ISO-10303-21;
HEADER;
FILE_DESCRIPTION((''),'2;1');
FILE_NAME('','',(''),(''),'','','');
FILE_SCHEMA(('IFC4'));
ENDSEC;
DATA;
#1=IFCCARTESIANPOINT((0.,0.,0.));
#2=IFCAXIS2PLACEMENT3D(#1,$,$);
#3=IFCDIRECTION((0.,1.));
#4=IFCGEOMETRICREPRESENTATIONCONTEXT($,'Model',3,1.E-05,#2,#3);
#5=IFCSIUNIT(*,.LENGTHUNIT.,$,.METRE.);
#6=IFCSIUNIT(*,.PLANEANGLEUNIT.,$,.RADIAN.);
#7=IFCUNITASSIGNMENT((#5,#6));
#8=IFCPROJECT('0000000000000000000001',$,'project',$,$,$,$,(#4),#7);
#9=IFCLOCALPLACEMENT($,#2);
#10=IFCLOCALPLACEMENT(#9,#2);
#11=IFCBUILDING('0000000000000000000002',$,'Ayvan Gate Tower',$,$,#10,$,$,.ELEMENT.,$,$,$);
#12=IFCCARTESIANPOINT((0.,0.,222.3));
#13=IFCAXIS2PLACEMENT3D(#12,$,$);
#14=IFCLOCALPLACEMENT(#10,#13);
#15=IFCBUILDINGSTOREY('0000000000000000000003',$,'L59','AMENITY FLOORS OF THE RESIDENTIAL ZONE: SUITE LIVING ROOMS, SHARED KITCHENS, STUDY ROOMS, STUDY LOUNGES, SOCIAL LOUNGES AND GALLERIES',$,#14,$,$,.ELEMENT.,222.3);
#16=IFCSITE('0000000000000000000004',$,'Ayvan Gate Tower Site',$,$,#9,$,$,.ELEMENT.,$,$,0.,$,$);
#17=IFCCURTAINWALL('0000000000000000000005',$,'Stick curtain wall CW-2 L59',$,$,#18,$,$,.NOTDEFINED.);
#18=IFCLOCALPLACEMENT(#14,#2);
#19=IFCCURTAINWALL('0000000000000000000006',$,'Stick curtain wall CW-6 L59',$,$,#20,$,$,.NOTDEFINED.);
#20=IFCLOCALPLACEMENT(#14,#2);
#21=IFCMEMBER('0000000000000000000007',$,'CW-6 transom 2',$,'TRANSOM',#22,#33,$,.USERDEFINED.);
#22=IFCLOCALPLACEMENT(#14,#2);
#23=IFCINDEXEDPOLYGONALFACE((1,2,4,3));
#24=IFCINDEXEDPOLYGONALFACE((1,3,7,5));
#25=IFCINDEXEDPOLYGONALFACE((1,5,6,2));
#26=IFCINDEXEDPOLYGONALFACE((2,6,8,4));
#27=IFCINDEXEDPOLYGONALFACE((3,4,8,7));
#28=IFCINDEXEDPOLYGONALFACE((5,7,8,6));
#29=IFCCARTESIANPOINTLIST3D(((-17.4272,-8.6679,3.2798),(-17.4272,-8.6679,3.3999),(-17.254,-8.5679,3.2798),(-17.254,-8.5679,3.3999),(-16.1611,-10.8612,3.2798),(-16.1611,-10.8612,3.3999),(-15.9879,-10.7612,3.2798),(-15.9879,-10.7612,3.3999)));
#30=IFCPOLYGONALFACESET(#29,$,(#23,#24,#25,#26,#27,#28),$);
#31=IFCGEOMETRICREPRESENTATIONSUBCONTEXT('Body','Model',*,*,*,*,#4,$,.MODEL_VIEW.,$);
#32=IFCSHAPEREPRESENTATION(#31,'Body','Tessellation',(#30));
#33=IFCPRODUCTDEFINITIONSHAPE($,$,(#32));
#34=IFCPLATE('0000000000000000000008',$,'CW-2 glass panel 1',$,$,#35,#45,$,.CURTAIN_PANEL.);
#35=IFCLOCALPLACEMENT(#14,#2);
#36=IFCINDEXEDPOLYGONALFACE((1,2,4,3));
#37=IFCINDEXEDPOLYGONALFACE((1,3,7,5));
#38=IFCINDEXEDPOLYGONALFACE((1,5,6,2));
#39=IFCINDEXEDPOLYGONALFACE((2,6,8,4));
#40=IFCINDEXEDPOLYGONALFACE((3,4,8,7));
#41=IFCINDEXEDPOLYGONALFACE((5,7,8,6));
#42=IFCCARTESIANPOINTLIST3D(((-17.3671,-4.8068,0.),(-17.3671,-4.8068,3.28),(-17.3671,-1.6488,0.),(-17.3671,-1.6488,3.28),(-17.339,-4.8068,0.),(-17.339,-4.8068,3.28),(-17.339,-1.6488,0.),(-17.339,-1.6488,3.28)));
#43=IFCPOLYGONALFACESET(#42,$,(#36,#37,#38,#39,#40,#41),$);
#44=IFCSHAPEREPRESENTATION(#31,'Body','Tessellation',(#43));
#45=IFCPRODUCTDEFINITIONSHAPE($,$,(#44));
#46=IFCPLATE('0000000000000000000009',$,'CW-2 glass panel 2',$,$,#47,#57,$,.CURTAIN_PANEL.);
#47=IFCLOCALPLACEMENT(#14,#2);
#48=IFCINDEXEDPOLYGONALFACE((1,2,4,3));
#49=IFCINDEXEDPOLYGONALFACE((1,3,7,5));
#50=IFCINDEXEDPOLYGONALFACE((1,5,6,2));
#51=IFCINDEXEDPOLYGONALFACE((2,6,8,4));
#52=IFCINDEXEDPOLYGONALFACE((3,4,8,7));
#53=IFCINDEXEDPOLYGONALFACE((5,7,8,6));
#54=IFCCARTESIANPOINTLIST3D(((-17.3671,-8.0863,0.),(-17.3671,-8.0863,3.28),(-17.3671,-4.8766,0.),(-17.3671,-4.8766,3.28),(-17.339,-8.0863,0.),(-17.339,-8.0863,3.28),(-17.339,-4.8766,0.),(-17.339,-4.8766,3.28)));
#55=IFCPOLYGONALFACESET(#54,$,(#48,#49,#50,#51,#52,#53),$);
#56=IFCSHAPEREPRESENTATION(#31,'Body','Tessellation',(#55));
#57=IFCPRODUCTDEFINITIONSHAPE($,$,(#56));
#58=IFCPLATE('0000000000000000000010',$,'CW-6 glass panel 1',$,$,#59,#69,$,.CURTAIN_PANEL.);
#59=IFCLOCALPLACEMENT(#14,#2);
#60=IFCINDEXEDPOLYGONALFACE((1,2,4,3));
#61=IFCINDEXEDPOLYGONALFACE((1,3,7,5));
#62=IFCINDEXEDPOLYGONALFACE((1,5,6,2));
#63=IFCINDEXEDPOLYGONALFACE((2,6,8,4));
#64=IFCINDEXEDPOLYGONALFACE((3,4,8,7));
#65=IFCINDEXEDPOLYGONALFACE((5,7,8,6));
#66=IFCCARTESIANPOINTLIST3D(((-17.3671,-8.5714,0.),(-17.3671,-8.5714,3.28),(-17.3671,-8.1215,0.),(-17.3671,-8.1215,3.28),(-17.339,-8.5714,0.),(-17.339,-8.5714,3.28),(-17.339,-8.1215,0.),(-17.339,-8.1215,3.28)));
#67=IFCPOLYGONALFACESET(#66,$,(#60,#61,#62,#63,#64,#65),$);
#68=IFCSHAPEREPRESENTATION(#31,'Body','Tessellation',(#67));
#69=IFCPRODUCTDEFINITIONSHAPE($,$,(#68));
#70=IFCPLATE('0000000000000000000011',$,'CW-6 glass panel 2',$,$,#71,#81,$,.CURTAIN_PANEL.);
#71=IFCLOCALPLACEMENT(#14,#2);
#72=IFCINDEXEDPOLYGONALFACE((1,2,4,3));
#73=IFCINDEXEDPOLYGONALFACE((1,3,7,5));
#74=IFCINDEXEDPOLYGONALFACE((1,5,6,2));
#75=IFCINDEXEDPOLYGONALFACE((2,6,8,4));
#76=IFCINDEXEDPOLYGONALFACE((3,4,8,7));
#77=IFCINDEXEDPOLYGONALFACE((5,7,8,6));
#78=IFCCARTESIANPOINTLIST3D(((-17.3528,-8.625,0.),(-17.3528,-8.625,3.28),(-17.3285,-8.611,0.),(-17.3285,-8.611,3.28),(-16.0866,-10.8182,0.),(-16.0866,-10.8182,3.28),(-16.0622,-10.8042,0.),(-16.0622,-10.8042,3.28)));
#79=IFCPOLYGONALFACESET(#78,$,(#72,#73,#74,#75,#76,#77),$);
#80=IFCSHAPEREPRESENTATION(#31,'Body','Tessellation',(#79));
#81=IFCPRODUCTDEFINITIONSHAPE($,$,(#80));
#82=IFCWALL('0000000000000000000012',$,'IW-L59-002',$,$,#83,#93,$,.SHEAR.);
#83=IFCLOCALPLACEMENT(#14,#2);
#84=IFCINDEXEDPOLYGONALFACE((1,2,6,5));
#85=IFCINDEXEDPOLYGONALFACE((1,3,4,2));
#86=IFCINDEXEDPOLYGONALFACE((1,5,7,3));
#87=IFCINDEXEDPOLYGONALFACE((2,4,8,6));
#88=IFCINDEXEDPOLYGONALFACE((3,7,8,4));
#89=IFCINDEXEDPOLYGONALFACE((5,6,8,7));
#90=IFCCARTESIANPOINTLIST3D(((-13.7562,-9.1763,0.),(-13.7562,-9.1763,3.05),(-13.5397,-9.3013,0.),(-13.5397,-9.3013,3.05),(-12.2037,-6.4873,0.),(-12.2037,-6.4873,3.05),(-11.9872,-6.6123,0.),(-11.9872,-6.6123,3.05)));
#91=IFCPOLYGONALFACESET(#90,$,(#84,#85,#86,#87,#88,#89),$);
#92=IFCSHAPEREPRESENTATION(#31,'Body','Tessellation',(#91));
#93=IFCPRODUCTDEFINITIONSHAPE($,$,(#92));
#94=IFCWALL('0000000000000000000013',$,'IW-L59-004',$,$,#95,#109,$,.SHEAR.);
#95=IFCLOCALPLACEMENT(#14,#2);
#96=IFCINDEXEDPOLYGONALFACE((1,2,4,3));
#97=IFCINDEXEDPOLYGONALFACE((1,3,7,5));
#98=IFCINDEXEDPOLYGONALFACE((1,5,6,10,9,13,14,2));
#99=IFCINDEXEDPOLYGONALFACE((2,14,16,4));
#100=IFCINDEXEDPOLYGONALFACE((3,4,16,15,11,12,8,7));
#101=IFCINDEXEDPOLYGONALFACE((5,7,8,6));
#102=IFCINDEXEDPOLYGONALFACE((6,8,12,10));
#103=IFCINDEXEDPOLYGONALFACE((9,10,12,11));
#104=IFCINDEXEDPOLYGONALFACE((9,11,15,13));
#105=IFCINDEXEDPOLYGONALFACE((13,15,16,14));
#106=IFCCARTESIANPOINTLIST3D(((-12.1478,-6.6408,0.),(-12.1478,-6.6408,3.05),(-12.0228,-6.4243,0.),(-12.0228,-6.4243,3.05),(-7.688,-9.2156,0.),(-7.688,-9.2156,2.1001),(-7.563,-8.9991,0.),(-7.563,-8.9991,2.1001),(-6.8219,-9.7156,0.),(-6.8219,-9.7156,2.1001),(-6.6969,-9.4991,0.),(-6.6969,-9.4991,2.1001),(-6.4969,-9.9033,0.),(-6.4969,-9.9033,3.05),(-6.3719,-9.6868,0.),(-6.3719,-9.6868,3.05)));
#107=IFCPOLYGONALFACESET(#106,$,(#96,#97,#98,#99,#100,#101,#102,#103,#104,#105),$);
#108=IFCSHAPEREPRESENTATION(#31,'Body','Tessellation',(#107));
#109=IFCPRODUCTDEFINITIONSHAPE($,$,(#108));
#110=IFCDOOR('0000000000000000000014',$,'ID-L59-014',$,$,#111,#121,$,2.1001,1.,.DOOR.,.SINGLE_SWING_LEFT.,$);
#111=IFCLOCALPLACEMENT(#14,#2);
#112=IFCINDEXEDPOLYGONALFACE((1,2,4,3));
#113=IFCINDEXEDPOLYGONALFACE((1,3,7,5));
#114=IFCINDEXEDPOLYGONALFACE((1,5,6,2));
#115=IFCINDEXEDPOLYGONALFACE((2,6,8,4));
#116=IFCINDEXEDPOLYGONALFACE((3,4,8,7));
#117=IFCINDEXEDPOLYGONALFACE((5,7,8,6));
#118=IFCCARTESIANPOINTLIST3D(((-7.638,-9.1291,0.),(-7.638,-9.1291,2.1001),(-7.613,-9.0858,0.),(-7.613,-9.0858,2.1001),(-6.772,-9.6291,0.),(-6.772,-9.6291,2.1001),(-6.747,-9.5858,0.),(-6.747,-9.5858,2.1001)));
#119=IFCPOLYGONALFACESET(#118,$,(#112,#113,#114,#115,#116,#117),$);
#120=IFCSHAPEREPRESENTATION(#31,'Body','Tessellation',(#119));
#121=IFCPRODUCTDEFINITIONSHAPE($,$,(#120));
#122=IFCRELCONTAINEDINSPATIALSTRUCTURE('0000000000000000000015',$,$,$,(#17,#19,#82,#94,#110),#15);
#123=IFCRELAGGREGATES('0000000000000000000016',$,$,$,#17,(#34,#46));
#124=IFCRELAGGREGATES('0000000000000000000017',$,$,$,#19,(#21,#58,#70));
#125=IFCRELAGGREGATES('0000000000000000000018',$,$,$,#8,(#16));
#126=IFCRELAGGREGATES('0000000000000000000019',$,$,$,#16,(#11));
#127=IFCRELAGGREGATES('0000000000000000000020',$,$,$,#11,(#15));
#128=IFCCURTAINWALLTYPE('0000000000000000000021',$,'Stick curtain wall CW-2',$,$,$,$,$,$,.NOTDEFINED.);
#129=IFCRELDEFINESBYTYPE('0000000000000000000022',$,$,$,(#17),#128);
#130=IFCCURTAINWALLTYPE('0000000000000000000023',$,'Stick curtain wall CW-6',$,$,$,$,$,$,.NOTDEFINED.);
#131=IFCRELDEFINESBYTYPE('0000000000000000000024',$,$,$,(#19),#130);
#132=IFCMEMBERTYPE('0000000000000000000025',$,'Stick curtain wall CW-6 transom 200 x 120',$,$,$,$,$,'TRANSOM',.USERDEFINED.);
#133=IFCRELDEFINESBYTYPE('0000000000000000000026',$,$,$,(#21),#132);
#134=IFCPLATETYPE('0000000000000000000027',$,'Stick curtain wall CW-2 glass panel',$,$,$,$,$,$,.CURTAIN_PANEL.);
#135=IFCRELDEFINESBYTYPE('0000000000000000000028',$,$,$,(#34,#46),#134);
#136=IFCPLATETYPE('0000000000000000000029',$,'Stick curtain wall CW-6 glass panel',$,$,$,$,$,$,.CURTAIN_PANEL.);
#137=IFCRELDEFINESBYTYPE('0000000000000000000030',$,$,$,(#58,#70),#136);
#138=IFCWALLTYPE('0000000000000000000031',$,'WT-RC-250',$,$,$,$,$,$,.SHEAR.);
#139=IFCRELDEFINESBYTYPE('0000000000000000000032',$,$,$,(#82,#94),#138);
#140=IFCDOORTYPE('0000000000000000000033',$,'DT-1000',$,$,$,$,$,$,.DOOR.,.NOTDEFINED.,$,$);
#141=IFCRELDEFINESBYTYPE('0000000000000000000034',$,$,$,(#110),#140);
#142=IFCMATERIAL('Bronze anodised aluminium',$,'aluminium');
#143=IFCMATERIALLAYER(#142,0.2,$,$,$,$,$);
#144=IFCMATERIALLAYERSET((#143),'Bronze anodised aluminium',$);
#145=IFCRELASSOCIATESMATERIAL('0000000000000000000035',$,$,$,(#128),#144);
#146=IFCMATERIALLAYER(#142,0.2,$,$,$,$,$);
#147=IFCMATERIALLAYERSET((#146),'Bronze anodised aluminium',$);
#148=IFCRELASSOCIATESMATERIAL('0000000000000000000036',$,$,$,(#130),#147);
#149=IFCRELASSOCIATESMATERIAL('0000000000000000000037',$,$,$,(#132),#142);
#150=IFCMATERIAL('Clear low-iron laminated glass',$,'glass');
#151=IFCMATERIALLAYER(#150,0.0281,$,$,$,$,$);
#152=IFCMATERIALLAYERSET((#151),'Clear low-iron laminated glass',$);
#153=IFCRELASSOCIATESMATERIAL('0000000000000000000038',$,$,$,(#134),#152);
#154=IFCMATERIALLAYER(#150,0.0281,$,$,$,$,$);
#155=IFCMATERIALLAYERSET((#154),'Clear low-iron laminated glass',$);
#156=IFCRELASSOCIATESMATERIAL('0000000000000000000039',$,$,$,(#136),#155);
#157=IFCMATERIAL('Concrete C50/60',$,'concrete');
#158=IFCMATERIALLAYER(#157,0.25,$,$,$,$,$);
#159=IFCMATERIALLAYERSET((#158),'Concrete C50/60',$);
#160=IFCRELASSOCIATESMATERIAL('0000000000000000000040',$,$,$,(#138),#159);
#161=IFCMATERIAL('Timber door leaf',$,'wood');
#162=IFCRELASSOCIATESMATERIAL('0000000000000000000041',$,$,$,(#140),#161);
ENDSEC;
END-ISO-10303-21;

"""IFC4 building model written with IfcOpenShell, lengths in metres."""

from ifc_helpers import new_model, si_unit, direction, frame, frame_2d, origin, origin_2d, place, context, subcontext, project, spatial, rectangle, extrude, material, layer, layer_set, material_profile, profile_set, type_object, element, fill, aggregate, save


model = new_model("IFC4")

# Units and contexts
model_context = context("Model", 3, precision=1e-05, world=origin(), true_north=direction((0.0, 1.0)))
body_context = subcontext(model_context, "Body", "Model", "MODEL_VIEW")
ifc_project = project(units=[si_unit("LENGTHUNIT", "METRE"), si_unit("PLANEANGLEUNIT", "RADIAN")], contexts=[model_context])

# Site, building, storey
site_placement = place(None, origin())
site = spatial("IfcSite", under=ifc_project, at=site_placement, Name="Ayvan Gate Tower Site", CompositionType="ELEMENT", RefElevation=0.0)
building_placement = place(site_placement, origin())
building = spatial("IfcBuilding", under=site, at=building_placement, Name="Ayvan Gate Tower", CompositionType="ELEMENT")
storey_placement = place(building_placement, frame((0.0, 0.0, 222.3)))
storey = spatial("IfcBuildingStorey", under=building, at=storey_placement, Name="L59", Description="AMENITY FLOORS OF THE RESIDENTIAL ZONE: SUITE LIVING ROOMS, SHARED KITCHENS, STUDY ROOMS, STUDY LOUNGES, SOCIAL LOUNGES AND GALLERIES", CompositionType="ELEMENT", Elevation=222.3)

# Shared definitions
ifc_material_1 = material(Name="Concrete C50/60", Category="concrete")

# Curtain walls, member
ifc_material_2 = material(Name="Bronze anodised aluminium", Category="aluminium")
ifc_layer_1 = layer(ifc_material_2, 0.2)
ifc_layer_set_1 = layer_set([ifc_layer_1], Name="Bronze anodised aluminium")
curtain_wall_type_1 = type_object("IfcCurtainWallType", Name="Stick curtain wall CW-2", PredefinedType="NOTDEFINED", material=ifc_layer_set_1)
curtain_wall_1_placement = place(storey_placement, origin())
curtain_wall_1 = element("IfcCurtainWall", 1, at=curtain_wall_1_placement, inside=storey, type_object=curtain_wall_type_1, Name="Stick curtain wall CW-2 L59", PredefinedType="NOTDEFINED")
ifc_layer_2 = layer(ifc_material_2, 0.2)
ifc_layer_set_2 = layer_set([ifc_layer_2], Name="Bronze anodised aluminium")
curtain_wall_type_2 = type_object("IfcCurtainWallType", Name="Stick curtain wall CW-6", PredefinedType="NOTDEFINED", material=ifc_layer_set_2)
curtain_wall_2_placement = place(storey_placement, origin())
curtain_wall_2 = element("IfcCurtainWall", 2, at=curtain_wall_2_placement, inside=storey, type_object=curtain_wall_type_2, Name="Stick curtain wall CW-6 L59", PredefinedType="NOTDEFINED")
ifc_material_profile_1 = material_profile(ifc_material_2, rectangle(XDim=0.2, YDim=0.1201, at=origin_2d()), Name="Stick curtain wall CW-6 transom 200 x 120")
ifc_profile_set_1 = profile_set([ifc_material_profile_1], Name="Bronze anodised aluminium")
member_type_1 = type_object("IfcMemberType", Name="Stick curtain wall CW-6 transom 200 x 120", ElementType="TRANSOM", PredefinedType="USERDEFINED", material=ifc_profile_set_1)
member_1_placement = place(storey_placement, frame((-17.3406, -8.6179, 3.3398), z_axis=(0.499934, -0.866064, 0.0), x_axis=(0.866064, 0.499934, 0.0)))
member_1 = element("IfcMember", 3, at=member_1_placement, type_object=member_type_1, Name="CW-6 transom 2", ObjectType="TRANSOM", PredefinedType="USERDEFINED", context=body_context, shape_type="SweptSolid", body=[
    extrude(rectangle(XDim=0.2, YDim=0.1201, at=origin_2d()), origin(), (0.0, 0.0, 1.0), 2.5325),
])

# Plates
ifc_material_3 = material(Name="Clear low-iron laminated glass", Category="glass")
ifc_layer_3 = layer(ifc_material_3, 0.0281)
ifc_layer_set_3 = layer_set([ifc_layer_3], Name="Clear low-iron laminated glass")
plate_type_1 = type_object("IfcPlateType", Name="Stick curtain wall CW-2 glass panel", PredefinedType="CURTAIN_PANEL", material=ifc_layer_set_3)
plate_1_placement = place(storey_placement, frame((-17.353, -3.2278, 0.0), z_axis=(0.0, 0.0, 1.0), x_axis=(0.0, -1.0, 0.0)))
plate_1 = element("IfcPlate", 4, at=plate_1_placement, type_object=plate_type_1, Name="CW-2 glass panel 1", PredefinedType="CURTAIN_PANEL", context=body_context, shape_type="SweptSolid", body=[
    extrude(rectangle(XDim=3.158, YDim=0.0281, at=origin_2d()), origin(), (0.0, 0.0, 1.0), 3.28),
])
plate_2_placement = place(storey_placement, frame((-17.353, -6.4814, 0.0), z_axis=(0.0, 0.0, 1.0), x_axis=(0.0, -1.0, 0.0)))
plate_2 = element("IfcPlate", 5, at=plate_2_placement, type_object=plate_type_1, Name="CW-2 glass panel 2", PredefinedType="CURTAIN_PANEL", context=body_context, shape_type="SweptSolid", body=[
    extrude(rectangle(XDim=3.2097, YDim=0.0281, at=origin_2d()), origin(), (0.0, 0.0, 1.0), 3.28),
])
aggregate(curtain_wall_1, [plate_1, plate_2])
ifc_layer_4 = layer(ifc_material_3, 0.0281)
ifc_layer_set_4 = layer_set([ifc_layer_4], Name="Clear low-iron laminated glass")
plate_type_2 = type_object("IfcPlateType", Name="Stick curtain wall CW-6 glass panel", PredefinedType="CURTAIN_PANEL", material=ifc_layer_set_4)
plate_3_placement = place(storey_placement, frame((-17.353, -8.3464, 0.0), z_axis=(0.0, 0.0, 1.0), x_axis=(0.0, -1.0, 0.0)))
plate_3 = element("IfcPlate", 6, at=plate_3_placement, type_object=plate_type_2, Name="CW-6 glass panel 1", PredefinedType="CURTAIN_PANEL", context=body_context, shape_type="SweptSolid", body=[
    extrude(rectangle(XDim=0.45, YDim=0.0281, at=origin_2d()), origin(), (0.0, 0.0, 1.0), 3.28),
])
plate_4_placement = place(storey_placement, frame((-16.7075, -9.7146, 0.0), z_axis=(0.0, 0.0, 1.0), x_axis=(0.5, -0.866025, 0.0)))
plate_4 = element("IfcPlate", 7, at=plate_4_placement, type_object=plate_type_2, Name="CW-6 glass panel 2", PredefinedType="CURTAIN_PANEL", context=body_context, shape_type="SweptSolid", body=[
    extrude(rectangle(XDim=2.5325, YDim=0.0281, at=origin_2d()), origin(), (0.0, 0.0, 1.0), 3.28),
])
aggregate(curtain_wall_2, [member_1, plate_3, plate_4])

# Wall
ifc_layer_5 = layer(ifc_material_1, 0.25)
ifc_layer_set_5 = layer_set([ifc_layer_5], Name="Concrete C50/60")
wall_type = type_object("IfcWallType", Name="WT-RC-250", PredefinedType="SHEAR", material=ifc_layer_set_5)
wall_1_placement = place(storey_placement, frame((-13.6479, -9.2388, 0.0), z_axis=(0.0, 0.0, 1.0), x_axis=(0.500004, 0.866023, 0.0)))
element("IfcWall", 8, at=wall_1_placement, inside=storey, type_object=wall_type, Name="IW-L59-002", PredefinedType="SHEAR", context=body_context, shape_type="SweptSolid", body=[
    extrude(rectangle(XDim=3.105, YDim=0.25, at=frame_2d((1.5525, 0.0))), origin(), (0.0, 0.0, 1.0), 3.05),
])

# Wall, opening, door
wall_2_placement = place(storey_placement, frame((-12.0854, -6.5325, 0.0), z_axis=(0.0, 0.0, 1.0), x_axis=(0.866031, -0.49999, 0.0)))
wall_2 = element("IfcWall", 9, at=wall_2_placement, inside=storey, type_object=wall_type, Name="IW-L59-004", PredefinedType="SHEAR", context=body_context, shape_type="SweptSolid", body=[
    extrude(rectangle(XDim=6.5251, YDim=0.25, at=frame_2d((3.2627, 0.0))), origin(), (0.0, 0.0, 1.0), 3.05),
])
opening_placement = place(wall_2_placement, frame((5.1499, 0.0, 0.0)))
opening = element("IfcOpeningElement", 10, at=opening_placement, cuts=wall_2, PredefinedType="OPENING", context=body_context, shape_type="SweptSolid", body=[
    extrude(rectangle(XDim=1.0, YDim=2.1001, at=frame_2d((0.5, 1.05))), frame((0.0, 0.135, 0.0), z_axis=(0.0, -1.0, 0.0), x_axis=(1.0, 0.0, 0.0)), (0.0, 0.0, 1.0), 0.27),
])
ifc_material_4 = material(Name="Timber door leaf", Category="wood")
door_type = type_object("IfcDoorType", Name="DT-1000", OperationType="NOTDEFINED", PredefinedType="DOOR", material=ifc_material_4)
door_placement = place(opening_placement, origin())
door = element("IfcDoor", 11, at=door_placement, inside=storey, type_object=door_type, Name="ID-L59-014", OperationType="SINGLE_SWING_LEFT", OverallHeight=2.1001, OverallWidth=1.0, PredefinedType="DOOR", context=body_context, shape_type="SweptSolid", body=[
    extrude(rectangle(XDim=1.0, YDim=2.1001, at=frame_2d((0.5, 1.05))), frame((0.0, 0.0249, 0.0), z_axis=(0.0, -1.0, 0.0), x_axis=(1.0, 0.0, 0.0)), (0.0, 0.0, 1.0), 0.05),
])
fill(opening, door)

save(model, "model.ifc")
